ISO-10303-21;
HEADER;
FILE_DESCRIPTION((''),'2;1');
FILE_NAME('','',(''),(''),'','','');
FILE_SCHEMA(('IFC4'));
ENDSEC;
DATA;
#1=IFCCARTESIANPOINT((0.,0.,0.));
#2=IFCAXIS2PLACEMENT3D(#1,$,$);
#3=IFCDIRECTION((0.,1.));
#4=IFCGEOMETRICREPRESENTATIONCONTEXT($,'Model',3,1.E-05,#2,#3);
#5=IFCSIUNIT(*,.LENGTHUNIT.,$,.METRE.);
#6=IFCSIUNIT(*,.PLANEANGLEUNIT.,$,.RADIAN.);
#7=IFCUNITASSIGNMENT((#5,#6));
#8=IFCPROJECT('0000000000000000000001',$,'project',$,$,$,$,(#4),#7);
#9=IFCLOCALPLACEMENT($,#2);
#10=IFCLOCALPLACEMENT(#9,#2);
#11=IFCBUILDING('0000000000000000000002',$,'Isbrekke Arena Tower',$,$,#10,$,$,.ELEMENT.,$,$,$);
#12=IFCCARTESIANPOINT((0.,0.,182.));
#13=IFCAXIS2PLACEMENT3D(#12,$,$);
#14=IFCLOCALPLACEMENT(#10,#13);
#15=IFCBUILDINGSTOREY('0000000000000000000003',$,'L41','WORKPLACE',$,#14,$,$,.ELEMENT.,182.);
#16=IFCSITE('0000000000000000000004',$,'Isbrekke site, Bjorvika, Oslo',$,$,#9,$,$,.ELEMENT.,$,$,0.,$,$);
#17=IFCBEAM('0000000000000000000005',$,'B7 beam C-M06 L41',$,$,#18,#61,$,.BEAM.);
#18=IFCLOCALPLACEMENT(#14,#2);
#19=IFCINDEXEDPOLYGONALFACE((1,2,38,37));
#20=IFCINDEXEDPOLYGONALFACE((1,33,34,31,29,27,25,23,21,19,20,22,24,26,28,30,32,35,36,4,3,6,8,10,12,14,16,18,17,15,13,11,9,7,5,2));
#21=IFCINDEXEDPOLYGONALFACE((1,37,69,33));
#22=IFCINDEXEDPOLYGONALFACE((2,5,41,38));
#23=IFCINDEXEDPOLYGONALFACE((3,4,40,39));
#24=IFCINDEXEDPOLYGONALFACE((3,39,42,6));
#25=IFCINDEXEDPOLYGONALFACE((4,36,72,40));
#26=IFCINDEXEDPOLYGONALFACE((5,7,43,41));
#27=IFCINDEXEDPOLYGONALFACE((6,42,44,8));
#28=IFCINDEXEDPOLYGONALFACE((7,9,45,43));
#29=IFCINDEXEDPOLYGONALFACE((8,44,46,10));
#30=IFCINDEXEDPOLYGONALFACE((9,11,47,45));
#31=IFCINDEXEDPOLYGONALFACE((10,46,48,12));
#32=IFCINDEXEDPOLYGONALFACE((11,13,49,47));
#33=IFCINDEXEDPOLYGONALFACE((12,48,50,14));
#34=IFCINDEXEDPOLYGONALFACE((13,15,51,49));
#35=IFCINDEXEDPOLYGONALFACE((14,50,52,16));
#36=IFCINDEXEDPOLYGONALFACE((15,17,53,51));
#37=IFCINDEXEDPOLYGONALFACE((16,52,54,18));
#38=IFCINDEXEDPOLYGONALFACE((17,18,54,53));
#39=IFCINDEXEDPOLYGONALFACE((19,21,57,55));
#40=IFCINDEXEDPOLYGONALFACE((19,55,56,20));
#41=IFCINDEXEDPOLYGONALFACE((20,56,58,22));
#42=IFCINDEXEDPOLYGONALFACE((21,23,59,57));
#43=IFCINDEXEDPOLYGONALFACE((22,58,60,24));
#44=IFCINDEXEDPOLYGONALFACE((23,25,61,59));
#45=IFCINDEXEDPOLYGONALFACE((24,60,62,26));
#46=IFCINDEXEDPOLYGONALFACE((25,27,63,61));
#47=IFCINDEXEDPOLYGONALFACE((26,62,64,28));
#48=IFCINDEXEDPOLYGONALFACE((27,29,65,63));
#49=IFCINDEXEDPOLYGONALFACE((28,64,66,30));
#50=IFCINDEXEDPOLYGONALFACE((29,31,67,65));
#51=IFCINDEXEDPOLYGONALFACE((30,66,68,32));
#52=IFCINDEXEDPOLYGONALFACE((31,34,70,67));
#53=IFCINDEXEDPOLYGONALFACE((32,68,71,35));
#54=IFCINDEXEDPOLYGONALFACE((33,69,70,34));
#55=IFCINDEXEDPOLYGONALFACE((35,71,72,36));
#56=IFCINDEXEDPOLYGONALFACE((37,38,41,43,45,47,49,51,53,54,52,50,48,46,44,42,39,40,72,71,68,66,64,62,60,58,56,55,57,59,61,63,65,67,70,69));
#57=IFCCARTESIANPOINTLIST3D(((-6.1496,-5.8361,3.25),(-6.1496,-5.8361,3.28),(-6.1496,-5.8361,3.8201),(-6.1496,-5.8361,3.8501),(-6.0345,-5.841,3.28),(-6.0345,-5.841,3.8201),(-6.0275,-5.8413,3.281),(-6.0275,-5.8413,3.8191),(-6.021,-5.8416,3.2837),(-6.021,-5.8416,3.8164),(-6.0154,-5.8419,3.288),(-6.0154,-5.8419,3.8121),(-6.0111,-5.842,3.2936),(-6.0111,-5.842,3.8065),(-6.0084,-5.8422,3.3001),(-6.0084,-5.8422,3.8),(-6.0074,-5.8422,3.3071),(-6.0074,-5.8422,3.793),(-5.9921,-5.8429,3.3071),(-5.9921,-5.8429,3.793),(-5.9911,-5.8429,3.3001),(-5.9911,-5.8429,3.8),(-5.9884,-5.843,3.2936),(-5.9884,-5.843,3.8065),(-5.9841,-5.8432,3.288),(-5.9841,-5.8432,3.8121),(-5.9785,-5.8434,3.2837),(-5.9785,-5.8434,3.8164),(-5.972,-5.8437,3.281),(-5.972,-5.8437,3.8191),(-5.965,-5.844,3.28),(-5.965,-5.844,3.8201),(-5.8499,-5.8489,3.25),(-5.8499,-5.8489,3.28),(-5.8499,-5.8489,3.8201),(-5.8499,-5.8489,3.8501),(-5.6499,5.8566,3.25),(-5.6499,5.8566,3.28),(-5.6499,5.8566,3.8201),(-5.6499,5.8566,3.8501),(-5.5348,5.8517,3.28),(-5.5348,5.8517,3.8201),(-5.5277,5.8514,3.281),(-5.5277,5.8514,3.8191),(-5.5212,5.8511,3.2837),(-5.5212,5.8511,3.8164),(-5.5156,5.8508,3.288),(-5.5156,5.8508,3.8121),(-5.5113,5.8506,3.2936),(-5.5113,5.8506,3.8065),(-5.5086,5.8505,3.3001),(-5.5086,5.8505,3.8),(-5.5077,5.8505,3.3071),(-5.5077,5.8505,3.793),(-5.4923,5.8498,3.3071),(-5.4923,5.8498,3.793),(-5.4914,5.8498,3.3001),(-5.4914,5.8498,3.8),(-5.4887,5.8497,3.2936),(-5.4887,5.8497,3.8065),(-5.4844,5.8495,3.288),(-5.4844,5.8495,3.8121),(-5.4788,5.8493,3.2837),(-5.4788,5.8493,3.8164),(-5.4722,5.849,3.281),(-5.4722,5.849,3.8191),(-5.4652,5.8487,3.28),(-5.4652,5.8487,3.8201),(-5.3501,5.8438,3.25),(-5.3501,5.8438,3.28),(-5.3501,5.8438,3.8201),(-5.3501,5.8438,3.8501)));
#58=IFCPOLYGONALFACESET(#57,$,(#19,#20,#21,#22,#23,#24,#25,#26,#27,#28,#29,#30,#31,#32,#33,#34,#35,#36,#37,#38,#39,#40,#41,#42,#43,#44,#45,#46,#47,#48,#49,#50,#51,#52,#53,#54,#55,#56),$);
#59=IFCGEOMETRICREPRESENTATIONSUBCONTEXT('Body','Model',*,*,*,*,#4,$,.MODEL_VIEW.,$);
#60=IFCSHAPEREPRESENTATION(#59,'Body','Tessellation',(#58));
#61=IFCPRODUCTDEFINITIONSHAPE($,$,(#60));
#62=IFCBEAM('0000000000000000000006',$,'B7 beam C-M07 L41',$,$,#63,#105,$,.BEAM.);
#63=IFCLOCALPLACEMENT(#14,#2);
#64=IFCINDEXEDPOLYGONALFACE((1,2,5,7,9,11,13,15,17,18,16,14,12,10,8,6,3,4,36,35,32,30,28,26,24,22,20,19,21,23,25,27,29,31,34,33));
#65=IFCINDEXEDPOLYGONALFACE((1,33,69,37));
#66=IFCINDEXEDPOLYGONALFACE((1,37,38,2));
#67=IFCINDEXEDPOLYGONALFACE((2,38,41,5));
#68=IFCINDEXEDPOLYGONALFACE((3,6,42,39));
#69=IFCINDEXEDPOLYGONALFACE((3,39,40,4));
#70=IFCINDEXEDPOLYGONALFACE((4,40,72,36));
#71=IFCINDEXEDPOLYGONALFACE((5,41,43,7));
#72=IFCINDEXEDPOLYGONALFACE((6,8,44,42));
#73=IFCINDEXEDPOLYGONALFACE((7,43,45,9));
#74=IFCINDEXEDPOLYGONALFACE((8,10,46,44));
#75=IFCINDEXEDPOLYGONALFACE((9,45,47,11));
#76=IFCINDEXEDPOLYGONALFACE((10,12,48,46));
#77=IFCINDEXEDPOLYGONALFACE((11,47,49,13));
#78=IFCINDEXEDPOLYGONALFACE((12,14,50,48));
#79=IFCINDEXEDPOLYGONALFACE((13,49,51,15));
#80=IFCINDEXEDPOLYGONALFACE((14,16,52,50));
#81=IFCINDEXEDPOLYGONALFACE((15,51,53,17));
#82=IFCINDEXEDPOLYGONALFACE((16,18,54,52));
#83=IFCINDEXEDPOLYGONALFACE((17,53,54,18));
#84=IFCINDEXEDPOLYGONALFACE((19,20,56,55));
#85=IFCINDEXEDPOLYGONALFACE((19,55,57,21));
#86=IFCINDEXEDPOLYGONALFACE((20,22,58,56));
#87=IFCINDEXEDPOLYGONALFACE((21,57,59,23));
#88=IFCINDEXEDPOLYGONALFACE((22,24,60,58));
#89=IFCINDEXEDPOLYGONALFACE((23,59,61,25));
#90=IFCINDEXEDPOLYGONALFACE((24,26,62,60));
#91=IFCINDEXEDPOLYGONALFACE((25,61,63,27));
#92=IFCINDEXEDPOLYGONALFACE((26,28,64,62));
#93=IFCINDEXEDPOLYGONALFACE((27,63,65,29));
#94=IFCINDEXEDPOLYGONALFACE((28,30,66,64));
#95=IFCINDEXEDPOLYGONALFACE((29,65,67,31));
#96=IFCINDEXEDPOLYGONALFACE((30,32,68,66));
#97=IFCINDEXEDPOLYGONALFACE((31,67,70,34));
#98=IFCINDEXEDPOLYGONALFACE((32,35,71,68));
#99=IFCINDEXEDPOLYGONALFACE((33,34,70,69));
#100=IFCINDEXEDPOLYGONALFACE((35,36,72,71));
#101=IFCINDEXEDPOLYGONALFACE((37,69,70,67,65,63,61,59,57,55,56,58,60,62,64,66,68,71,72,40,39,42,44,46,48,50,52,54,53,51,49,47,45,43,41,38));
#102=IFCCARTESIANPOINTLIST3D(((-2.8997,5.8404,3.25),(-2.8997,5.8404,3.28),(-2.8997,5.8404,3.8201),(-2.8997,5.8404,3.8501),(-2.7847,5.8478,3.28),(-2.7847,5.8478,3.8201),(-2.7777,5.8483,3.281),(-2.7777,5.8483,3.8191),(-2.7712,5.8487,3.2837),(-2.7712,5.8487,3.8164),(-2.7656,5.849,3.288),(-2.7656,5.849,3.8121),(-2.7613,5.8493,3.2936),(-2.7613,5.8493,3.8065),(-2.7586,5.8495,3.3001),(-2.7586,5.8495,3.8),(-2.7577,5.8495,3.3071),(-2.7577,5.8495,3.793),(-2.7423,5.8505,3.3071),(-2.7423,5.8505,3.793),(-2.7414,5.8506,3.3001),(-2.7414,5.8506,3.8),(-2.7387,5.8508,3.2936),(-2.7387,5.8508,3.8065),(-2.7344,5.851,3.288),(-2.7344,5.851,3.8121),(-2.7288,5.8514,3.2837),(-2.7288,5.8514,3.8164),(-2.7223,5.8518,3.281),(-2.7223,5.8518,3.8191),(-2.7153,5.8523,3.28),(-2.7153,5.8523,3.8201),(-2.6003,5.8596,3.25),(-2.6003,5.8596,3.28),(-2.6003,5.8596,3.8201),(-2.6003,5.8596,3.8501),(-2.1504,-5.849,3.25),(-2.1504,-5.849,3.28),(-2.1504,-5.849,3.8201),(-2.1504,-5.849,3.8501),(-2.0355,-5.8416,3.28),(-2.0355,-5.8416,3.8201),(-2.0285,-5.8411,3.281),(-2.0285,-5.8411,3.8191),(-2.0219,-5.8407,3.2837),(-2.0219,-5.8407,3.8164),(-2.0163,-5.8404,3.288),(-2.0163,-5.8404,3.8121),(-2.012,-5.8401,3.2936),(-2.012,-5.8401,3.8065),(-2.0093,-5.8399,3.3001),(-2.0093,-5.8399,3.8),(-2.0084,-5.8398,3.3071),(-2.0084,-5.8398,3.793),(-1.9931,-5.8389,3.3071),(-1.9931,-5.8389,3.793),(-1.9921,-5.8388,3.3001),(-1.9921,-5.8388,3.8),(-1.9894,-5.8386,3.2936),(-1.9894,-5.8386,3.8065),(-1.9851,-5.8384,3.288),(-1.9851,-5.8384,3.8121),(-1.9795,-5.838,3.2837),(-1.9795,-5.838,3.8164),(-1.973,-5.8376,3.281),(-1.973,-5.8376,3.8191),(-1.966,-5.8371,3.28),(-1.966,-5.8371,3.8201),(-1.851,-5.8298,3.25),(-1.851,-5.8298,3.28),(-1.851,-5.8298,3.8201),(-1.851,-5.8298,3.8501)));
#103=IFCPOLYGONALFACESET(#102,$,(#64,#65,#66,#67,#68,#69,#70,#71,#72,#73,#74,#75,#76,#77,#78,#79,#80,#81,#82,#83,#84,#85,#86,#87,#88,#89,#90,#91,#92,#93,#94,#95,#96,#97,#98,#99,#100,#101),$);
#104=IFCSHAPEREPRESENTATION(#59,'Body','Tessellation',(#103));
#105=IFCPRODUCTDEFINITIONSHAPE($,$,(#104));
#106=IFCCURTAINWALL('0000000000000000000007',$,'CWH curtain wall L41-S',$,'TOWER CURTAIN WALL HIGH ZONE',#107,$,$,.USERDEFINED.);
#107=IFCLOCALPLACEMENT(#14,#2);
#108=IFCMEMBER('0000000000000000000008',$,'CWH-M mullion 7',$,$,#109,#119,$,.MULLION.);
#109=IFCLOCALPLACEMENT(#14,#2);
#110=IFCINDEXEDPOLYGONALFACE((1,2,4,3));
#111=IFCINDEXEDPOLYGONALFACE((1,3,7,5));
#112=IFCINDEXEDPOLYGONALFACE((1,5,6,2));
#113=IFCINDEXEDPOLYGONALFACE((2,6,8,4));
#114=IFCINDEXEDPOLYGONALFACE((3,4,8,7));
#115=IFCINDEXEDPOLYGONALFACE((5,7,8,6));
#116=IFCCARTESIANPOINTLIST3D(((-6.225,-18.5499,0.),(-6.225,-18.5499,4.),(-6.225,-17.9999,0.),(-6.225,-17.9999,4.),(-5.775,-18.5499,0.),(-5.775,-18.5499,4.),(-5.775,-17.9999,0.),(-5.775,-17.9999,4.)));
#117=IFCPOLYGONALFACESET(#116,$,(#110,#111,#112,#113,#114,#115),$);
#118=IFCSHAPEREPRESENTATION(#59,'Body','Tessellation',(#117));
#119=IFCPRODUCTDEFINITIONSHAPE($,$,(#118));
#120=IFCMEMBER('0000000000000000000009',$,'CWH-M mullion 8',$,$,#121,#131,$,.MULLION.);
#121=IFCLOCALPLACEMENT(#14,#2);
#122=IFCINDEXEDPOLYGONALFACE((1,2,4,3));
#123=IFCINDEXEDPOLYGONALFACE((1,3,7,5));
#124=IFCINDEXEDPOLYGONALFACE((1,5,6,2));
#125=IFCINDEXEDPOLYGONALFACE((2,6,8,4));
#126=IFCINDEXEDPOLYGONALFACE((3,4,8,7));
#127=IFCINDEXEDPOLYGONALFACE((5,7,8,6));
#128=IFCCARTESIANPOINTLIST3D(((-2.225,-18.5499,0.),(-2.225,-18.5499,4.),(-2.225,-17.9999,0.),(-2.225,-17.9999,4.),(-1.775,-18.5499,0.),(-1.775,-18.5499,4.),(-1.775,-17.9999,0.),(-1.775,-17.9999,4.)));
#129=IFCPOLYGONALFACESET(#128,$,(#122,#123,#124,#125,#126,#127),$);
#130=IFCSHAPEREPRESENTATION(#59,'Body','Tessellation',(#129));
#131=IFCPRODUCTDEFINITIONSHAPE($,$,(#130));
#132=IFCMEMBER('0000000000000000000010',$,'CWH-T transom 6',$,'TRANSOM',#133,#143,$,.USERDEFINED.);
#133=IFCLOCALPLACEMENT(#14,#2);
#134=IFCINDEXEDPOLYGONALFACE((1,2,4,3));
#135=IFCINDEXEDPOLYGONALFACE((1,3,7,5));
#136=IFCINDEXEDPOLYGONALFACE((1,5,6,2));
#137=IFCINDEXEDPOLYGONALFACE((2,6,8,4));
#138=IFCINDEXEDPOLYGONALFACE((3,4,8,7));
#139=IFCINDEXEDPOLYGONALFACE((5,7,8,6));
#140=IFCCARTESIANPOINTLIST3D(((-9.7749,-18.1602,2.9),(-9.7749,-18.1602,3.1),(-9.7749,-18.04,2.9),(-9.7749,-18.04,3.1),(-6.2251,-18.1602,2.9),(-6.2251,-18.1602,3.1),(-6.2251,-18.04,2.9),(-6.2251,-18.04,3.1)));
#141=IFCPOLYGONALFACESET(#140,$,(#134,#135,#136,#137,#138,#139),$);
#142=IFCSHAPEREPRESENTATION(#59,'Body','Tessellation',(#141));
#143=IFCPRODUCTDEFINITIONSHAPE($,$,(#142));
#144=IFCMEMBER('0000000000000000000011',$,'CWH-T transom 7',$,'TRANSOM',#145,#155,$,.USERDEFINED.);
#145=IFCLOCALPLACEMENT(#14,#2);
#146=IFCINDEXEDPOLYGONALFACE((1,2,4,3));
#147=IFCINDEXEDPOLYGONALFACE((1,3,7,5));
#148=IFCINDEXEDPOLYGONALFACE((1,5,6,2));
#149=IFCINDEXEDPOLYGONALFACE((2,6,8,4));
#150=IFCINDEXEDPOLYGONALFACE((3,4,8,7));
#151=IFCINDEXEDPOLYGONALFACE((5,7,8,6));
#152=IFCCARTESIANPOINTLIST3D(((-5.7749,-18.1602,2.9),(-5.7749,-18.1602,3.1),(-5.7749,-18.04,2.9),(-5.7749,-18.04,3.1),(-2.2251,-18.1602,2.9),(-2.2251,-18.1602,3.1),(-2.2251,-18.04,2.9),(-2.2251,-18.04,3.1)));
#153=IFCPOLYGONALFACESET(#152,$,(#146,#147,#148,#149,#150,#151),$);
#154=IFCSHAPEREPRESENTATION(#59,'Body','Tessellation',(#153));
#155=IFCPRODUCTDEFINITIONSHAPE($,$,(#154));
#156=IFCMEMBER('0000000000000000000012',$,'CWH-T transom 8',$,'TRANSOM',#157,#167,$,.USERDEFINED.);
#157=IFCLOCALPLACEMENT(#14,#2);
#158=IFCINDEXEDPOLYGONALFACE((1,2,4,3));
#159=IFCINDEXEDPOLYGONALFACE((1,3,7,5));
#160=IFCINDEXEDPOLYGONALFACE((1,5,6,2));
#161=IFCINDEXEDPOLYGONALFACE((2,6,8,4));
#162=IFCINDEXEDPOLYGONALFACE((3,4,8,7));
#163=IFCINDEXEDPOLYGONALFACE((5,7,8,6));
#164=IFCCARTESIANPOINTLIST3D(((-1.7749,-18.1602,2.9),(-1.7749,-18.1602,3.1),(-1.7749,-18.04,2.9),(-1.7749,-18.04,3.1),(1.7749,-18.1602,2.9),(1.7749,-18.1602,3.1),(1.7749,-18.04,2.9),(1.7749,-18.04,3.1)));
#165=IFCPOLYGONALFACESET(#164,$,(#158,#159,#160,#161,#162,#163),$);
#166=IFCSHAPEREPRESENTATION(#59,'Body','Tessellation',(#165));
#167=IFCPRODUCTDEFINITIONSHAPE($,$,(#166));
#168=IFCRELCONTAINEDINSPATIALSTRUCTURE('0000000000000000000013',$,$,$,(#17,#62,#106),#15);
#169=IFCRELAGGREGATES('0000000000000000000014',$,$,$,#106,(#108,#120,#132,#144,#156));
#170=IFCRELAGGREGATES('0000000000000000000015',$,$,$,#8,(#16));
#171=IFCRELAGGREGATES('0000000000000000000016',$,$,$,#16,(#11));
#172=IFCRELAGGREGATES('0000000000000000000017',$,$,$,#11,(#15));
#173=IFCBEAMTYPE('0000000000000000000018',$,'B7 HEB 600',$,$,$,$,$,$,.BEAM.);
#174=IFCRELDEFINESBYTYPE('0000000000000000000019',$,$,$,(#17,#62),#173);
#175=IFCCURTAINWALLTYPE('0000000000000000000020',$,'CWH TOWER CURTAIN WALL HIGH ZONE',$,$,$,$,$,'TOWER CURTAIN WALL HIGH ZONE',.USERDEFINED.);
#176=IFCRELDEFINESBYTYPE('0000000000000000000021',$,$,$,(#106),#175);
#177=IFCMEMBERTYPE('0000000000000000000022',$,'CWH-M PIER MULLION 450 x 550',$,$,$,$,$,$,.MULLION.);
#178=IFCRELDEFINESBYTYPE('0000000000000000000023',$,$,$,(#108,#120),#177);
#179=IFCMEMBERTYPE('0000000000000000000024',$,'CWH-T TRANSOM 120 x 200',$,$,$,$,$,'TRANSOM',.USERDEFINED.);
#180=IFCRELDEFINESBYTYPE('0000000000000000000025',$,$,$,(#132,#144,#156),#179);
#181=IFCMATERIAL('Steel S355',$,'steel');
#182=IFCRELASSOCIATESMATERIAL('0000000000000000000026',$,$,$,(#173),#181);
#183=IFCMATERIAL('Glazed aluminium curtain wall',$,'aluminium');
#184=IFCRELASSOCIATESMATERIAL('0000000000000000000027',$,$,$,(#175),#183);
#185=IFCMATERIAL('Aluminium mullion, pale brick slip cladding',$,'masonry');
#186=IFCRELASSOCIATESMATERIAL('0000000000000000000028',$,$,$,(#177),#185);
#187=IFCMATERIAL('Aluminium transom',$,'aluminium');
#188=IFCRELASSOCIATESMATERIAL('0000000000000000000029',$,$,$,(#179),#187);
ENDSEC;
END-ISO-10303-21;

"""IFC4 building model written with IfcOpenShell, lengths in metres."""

from ifc_helpers import new_model, si_unit, direction, frame, origin, origin_2d, place, context, subcontext, project, spatial, rectangle, i_section, extrude, material, material_profile, profile_set, type_object, element, aggregate, save


model = new_model("IFC4")

# Units and contexts
model_context = context("Model", 3, precision=1e-05, world=origin(), true_north=direction((0.0, 1.0)))
body_context = subcontext(model_context, "Body", "Model", "MODEL_VIEW")
ifc_project = project(units=[si_unit("LENGTHUNIT", "METRE"), si_unit("PLANEANGLEUNIT", "RADIAN")], contexts=[model_context])

# Site, building, storey
site_placement = place(None, origin())
site = spatial("IfcSite", under=ifc_project, at=site_placement, Name="Isbrekke site, Bjorvika, Oslo", CompositionType="ELEMENT", RefElevation=0.0)
building_placement = place(site_placement, origin())
building = spatial("IfcBuilding", under=site, at=building_placement, Name="Isbrekke Arena Tower", CompositionType="ELEMENT")
storey_placement = place(building_placement, frame((0.0, 0.0, 182.0)))
storey = spatial("IfcBuildingStorey", under=building, at=storey_placement, Name="L41", Description="WORKPLACE", CompositionType="ELEMENT", Elevation=182.0)

# Beams
ifc_material_1 = material(Name="Steel S355", Category="steel")
ifc_material_profile_1 = material_profile(ifc_material_1, i_section(OverallWidth=0.3, OverallDepth=0.6001, WebThickness=0.0154, FlangeThickness=0.03, FilletRadius=0.0271, at=origin_2d()), Name="HEB 600")
ifc_profile_set_1 = profile_set([ifc_material_profile_1], Name="Steel S355")
beam_type_1 = type_object("IfcBeamType", Name="B7 HEB 600", PredefinedType="BEAM", material=ifc_profile_set_1)
beam_1_placement = place(storey_placement, frame((-5.9998, -5.8425, 3.55), z_axis=(0.042702, 0.999088, 0.0), x_axis=(-0.999088, 0.042702, 0.0)))
element("IfcBeam", 1, at=beam_1_placement, inside=storey, type_object=beam_type_1, Name="B7 beam C-M06 L41", PredefinedType="BEAM", context=body_context, shape_type="SweptSolid", body=[
    extrude(i_section(OverallWidth=0.3, OverallDepth=0.6001, WebThickness=0.0154, FlangeThickness=0.03, FilletRadius=0.0271, at=origin_2d()), origin(), (0.0, 0.0, 1.0), 11.7034),
])
beam_2_placement = place(storey_placement, frame((-2.0007, -5.8394, 3.55), z_axis=(-0.063966, 0.997952, 0.0), x_axis=(-0.997952, -0.063966, 0.0)))
element("IfcBeam", 2, at=beam_2_placement, inside=storey, type_object=beam_type_1, Name="B7 beam C-M07 L41", PredefinedType="BEAM", context=body_context, shape_type="SweptSolid", body=[
    extrude(i_section(OverallWidth=0.3, OverallDepth=0.6001, WebThickness=0.0154, FlangeThickness=0.03, FilletRadius=0.0271, at=origin_2d()), origin(), (0.0, 0.0, 1.0), 11.7134),
])

# Curtain wall, members
ifc_material_2 = material(Name="Glazed aluminium curtain wall", Category="aluminium")
curtain_wall_type = type_object("IfcCurtainWallType", Name="CWH TOWER CURTAIN WALL HIGH ZONE", ElementType="TOWER CURTAIN WALL HIGH ZONE", PredefinedType="USERDEFINED", material=ifc_material_2)
curtain_wall_placement = place(storey_placement, origin())
curtain_wall = element("IfcCurtainWall", 3, at=curtain_wall_placement, inside=storey, type_object=curtain_wall_type, Name="CWH curtain wall L41-S", ObjectType="TOWER CURTAIN WALL HIGH ZONE", PredefinedType="USERDEFINED")
ifc_material_3 = material(Name="Aluminium mullion, pale brick slip cladding", Category="masonry")
ifc_material_profile_2 = material_profile(ifc_material_3, rectangle(XDim=0.45, YDim=0.55, at=origin_2d()), Name="PIER 450X550")
ifc_profile_set_2 = profile_set([ifc_material_profile_2], Name="Aluminium mullion, pale brick slip cladding")
member_type_1 = type_object("IfcMemberType", Name="CWH-M PIER MULLION 450 x 550", PredefinedType="MULLION", material=ifc_profile_set_2)
member_1_placement = place(storey_placement, frame((-6.0, -18.2749, 0.0), z_axis=(0.0, 0.0, 1.0), x_axis=(1.0, 0.0, 0.0)))
member_1 = element("IfcMember", 4, at=member_1_placement, type_object=member_type_1, Name="CWH-M mullion 7", PredefinedType="MULLION", context=body_context, shape_type="SweptSolid", body=[
    extrude(rectangle(XDim=0.45, YDim=0.55, at=origin_2d()), origin(), (0.0, 0.0, 1.0), 4.0),
])
member_2_placement = place(storey_placement, frame((-2.0, -18.2749, 0.0), z_axis=(0.0, 0.0, 1.0), x_axis=(1.0, 0.0, 0.0)))
member_2 = element("IfcMember", 5, at=member_2_placement, type_object=member_type_1, Name="CWH-M mullion 8", PredefinedType="MULLION", context=body_context, shape_type="SweptSolid", body=[
    extrude(rectangle(XDim=0.45, YDim=0.55, at=origin_2d()), origin(), (0.0, 0.0, 1.0), 4.0),
])
ifc_material_4 = material(Name="Aluminium transom", Category="aluminium")
ifc_material_profile_3 = material_profile(ifc_material_4, rectangle(XDim=0.1201, YDim=0.2, at=origin_2d()), Name="TRANSOM 120X200")
ifc_profile_set_3 = profile_set([ifc_material_profile_3], Name="Aluminium transom")
member_type_2 = type_object("IfcMemberType", Name="CWH-T TRANSOM 120 x 200", ElementType="TRANSOM", PredefinedType="USERDEFINED", material=ifc_profile_set_3)
member_3_placement = place(storey_placement, frame((-9.7749, -18.1001, 3.0), z_axis=(1.0, 0.0, 0.0), x_axis=(0.0, 1.0, 0.0)))
member_3 = element("IfcMember", 6, at=member_3_placement, type_object=member_type_2, Name="CWH-T transom 6", ObjectType="TRANSOM", PredefinedType="USERDEFINED", context=body_context, shape_type="SweptSolid", body=[
    extrude(rectangle(XDim=0.1201, YDim=0.2, at=origin_2d()), origin(), (0.0, 0.0, 1.0), 3.5498),
])
member_4_placement = place(storey_placement, frame((-5.7749, -18.1001, 3.0), z_axis=(1.0, 0.0, 0.0), x_axis=(0.0, 1.0, 0.0)))
member_4 = element("IfcMember", 7, at=member_4_placement, type_object=member_type_2, Name="CWH-T transom 7", ObjectType="TRANSOM", PredefinedType="USERDEFINED", context=body_context, shape_type="SweptSolid", body=[
    extrude(rectangle(XDim=0.1201, YDim=0.2, at=origin_2d()), origin(), (0.0, 0.0, 1.0), 3.5498),
])
member_5_placement = place(storey_placement, frame((-1.7749, -18.1001, 3.0), z_axis=(1.0, 0.0, 0.0), x_axis=(0.0, 1.0, 0.0)))
member_5 = element("IfcMember", 8, at=member_5_placement, type_object=member_type_2, Name="CWH-T transom 8", ObjectType="TRANSOM", PredefinedType="USERDEFINED", context=body_context, shape_type="SweptSolid", body=[
    extrude(rectangle(XDim=0.1201, YDim=0.2, at=origin_2d()), origin(), (0.0, 0.0, 1.0), 3.5498),
])

aggregate(curtain_wall, [member_1, member_2, member_3, member_4, member_5])

save(model, "model.ifc")
